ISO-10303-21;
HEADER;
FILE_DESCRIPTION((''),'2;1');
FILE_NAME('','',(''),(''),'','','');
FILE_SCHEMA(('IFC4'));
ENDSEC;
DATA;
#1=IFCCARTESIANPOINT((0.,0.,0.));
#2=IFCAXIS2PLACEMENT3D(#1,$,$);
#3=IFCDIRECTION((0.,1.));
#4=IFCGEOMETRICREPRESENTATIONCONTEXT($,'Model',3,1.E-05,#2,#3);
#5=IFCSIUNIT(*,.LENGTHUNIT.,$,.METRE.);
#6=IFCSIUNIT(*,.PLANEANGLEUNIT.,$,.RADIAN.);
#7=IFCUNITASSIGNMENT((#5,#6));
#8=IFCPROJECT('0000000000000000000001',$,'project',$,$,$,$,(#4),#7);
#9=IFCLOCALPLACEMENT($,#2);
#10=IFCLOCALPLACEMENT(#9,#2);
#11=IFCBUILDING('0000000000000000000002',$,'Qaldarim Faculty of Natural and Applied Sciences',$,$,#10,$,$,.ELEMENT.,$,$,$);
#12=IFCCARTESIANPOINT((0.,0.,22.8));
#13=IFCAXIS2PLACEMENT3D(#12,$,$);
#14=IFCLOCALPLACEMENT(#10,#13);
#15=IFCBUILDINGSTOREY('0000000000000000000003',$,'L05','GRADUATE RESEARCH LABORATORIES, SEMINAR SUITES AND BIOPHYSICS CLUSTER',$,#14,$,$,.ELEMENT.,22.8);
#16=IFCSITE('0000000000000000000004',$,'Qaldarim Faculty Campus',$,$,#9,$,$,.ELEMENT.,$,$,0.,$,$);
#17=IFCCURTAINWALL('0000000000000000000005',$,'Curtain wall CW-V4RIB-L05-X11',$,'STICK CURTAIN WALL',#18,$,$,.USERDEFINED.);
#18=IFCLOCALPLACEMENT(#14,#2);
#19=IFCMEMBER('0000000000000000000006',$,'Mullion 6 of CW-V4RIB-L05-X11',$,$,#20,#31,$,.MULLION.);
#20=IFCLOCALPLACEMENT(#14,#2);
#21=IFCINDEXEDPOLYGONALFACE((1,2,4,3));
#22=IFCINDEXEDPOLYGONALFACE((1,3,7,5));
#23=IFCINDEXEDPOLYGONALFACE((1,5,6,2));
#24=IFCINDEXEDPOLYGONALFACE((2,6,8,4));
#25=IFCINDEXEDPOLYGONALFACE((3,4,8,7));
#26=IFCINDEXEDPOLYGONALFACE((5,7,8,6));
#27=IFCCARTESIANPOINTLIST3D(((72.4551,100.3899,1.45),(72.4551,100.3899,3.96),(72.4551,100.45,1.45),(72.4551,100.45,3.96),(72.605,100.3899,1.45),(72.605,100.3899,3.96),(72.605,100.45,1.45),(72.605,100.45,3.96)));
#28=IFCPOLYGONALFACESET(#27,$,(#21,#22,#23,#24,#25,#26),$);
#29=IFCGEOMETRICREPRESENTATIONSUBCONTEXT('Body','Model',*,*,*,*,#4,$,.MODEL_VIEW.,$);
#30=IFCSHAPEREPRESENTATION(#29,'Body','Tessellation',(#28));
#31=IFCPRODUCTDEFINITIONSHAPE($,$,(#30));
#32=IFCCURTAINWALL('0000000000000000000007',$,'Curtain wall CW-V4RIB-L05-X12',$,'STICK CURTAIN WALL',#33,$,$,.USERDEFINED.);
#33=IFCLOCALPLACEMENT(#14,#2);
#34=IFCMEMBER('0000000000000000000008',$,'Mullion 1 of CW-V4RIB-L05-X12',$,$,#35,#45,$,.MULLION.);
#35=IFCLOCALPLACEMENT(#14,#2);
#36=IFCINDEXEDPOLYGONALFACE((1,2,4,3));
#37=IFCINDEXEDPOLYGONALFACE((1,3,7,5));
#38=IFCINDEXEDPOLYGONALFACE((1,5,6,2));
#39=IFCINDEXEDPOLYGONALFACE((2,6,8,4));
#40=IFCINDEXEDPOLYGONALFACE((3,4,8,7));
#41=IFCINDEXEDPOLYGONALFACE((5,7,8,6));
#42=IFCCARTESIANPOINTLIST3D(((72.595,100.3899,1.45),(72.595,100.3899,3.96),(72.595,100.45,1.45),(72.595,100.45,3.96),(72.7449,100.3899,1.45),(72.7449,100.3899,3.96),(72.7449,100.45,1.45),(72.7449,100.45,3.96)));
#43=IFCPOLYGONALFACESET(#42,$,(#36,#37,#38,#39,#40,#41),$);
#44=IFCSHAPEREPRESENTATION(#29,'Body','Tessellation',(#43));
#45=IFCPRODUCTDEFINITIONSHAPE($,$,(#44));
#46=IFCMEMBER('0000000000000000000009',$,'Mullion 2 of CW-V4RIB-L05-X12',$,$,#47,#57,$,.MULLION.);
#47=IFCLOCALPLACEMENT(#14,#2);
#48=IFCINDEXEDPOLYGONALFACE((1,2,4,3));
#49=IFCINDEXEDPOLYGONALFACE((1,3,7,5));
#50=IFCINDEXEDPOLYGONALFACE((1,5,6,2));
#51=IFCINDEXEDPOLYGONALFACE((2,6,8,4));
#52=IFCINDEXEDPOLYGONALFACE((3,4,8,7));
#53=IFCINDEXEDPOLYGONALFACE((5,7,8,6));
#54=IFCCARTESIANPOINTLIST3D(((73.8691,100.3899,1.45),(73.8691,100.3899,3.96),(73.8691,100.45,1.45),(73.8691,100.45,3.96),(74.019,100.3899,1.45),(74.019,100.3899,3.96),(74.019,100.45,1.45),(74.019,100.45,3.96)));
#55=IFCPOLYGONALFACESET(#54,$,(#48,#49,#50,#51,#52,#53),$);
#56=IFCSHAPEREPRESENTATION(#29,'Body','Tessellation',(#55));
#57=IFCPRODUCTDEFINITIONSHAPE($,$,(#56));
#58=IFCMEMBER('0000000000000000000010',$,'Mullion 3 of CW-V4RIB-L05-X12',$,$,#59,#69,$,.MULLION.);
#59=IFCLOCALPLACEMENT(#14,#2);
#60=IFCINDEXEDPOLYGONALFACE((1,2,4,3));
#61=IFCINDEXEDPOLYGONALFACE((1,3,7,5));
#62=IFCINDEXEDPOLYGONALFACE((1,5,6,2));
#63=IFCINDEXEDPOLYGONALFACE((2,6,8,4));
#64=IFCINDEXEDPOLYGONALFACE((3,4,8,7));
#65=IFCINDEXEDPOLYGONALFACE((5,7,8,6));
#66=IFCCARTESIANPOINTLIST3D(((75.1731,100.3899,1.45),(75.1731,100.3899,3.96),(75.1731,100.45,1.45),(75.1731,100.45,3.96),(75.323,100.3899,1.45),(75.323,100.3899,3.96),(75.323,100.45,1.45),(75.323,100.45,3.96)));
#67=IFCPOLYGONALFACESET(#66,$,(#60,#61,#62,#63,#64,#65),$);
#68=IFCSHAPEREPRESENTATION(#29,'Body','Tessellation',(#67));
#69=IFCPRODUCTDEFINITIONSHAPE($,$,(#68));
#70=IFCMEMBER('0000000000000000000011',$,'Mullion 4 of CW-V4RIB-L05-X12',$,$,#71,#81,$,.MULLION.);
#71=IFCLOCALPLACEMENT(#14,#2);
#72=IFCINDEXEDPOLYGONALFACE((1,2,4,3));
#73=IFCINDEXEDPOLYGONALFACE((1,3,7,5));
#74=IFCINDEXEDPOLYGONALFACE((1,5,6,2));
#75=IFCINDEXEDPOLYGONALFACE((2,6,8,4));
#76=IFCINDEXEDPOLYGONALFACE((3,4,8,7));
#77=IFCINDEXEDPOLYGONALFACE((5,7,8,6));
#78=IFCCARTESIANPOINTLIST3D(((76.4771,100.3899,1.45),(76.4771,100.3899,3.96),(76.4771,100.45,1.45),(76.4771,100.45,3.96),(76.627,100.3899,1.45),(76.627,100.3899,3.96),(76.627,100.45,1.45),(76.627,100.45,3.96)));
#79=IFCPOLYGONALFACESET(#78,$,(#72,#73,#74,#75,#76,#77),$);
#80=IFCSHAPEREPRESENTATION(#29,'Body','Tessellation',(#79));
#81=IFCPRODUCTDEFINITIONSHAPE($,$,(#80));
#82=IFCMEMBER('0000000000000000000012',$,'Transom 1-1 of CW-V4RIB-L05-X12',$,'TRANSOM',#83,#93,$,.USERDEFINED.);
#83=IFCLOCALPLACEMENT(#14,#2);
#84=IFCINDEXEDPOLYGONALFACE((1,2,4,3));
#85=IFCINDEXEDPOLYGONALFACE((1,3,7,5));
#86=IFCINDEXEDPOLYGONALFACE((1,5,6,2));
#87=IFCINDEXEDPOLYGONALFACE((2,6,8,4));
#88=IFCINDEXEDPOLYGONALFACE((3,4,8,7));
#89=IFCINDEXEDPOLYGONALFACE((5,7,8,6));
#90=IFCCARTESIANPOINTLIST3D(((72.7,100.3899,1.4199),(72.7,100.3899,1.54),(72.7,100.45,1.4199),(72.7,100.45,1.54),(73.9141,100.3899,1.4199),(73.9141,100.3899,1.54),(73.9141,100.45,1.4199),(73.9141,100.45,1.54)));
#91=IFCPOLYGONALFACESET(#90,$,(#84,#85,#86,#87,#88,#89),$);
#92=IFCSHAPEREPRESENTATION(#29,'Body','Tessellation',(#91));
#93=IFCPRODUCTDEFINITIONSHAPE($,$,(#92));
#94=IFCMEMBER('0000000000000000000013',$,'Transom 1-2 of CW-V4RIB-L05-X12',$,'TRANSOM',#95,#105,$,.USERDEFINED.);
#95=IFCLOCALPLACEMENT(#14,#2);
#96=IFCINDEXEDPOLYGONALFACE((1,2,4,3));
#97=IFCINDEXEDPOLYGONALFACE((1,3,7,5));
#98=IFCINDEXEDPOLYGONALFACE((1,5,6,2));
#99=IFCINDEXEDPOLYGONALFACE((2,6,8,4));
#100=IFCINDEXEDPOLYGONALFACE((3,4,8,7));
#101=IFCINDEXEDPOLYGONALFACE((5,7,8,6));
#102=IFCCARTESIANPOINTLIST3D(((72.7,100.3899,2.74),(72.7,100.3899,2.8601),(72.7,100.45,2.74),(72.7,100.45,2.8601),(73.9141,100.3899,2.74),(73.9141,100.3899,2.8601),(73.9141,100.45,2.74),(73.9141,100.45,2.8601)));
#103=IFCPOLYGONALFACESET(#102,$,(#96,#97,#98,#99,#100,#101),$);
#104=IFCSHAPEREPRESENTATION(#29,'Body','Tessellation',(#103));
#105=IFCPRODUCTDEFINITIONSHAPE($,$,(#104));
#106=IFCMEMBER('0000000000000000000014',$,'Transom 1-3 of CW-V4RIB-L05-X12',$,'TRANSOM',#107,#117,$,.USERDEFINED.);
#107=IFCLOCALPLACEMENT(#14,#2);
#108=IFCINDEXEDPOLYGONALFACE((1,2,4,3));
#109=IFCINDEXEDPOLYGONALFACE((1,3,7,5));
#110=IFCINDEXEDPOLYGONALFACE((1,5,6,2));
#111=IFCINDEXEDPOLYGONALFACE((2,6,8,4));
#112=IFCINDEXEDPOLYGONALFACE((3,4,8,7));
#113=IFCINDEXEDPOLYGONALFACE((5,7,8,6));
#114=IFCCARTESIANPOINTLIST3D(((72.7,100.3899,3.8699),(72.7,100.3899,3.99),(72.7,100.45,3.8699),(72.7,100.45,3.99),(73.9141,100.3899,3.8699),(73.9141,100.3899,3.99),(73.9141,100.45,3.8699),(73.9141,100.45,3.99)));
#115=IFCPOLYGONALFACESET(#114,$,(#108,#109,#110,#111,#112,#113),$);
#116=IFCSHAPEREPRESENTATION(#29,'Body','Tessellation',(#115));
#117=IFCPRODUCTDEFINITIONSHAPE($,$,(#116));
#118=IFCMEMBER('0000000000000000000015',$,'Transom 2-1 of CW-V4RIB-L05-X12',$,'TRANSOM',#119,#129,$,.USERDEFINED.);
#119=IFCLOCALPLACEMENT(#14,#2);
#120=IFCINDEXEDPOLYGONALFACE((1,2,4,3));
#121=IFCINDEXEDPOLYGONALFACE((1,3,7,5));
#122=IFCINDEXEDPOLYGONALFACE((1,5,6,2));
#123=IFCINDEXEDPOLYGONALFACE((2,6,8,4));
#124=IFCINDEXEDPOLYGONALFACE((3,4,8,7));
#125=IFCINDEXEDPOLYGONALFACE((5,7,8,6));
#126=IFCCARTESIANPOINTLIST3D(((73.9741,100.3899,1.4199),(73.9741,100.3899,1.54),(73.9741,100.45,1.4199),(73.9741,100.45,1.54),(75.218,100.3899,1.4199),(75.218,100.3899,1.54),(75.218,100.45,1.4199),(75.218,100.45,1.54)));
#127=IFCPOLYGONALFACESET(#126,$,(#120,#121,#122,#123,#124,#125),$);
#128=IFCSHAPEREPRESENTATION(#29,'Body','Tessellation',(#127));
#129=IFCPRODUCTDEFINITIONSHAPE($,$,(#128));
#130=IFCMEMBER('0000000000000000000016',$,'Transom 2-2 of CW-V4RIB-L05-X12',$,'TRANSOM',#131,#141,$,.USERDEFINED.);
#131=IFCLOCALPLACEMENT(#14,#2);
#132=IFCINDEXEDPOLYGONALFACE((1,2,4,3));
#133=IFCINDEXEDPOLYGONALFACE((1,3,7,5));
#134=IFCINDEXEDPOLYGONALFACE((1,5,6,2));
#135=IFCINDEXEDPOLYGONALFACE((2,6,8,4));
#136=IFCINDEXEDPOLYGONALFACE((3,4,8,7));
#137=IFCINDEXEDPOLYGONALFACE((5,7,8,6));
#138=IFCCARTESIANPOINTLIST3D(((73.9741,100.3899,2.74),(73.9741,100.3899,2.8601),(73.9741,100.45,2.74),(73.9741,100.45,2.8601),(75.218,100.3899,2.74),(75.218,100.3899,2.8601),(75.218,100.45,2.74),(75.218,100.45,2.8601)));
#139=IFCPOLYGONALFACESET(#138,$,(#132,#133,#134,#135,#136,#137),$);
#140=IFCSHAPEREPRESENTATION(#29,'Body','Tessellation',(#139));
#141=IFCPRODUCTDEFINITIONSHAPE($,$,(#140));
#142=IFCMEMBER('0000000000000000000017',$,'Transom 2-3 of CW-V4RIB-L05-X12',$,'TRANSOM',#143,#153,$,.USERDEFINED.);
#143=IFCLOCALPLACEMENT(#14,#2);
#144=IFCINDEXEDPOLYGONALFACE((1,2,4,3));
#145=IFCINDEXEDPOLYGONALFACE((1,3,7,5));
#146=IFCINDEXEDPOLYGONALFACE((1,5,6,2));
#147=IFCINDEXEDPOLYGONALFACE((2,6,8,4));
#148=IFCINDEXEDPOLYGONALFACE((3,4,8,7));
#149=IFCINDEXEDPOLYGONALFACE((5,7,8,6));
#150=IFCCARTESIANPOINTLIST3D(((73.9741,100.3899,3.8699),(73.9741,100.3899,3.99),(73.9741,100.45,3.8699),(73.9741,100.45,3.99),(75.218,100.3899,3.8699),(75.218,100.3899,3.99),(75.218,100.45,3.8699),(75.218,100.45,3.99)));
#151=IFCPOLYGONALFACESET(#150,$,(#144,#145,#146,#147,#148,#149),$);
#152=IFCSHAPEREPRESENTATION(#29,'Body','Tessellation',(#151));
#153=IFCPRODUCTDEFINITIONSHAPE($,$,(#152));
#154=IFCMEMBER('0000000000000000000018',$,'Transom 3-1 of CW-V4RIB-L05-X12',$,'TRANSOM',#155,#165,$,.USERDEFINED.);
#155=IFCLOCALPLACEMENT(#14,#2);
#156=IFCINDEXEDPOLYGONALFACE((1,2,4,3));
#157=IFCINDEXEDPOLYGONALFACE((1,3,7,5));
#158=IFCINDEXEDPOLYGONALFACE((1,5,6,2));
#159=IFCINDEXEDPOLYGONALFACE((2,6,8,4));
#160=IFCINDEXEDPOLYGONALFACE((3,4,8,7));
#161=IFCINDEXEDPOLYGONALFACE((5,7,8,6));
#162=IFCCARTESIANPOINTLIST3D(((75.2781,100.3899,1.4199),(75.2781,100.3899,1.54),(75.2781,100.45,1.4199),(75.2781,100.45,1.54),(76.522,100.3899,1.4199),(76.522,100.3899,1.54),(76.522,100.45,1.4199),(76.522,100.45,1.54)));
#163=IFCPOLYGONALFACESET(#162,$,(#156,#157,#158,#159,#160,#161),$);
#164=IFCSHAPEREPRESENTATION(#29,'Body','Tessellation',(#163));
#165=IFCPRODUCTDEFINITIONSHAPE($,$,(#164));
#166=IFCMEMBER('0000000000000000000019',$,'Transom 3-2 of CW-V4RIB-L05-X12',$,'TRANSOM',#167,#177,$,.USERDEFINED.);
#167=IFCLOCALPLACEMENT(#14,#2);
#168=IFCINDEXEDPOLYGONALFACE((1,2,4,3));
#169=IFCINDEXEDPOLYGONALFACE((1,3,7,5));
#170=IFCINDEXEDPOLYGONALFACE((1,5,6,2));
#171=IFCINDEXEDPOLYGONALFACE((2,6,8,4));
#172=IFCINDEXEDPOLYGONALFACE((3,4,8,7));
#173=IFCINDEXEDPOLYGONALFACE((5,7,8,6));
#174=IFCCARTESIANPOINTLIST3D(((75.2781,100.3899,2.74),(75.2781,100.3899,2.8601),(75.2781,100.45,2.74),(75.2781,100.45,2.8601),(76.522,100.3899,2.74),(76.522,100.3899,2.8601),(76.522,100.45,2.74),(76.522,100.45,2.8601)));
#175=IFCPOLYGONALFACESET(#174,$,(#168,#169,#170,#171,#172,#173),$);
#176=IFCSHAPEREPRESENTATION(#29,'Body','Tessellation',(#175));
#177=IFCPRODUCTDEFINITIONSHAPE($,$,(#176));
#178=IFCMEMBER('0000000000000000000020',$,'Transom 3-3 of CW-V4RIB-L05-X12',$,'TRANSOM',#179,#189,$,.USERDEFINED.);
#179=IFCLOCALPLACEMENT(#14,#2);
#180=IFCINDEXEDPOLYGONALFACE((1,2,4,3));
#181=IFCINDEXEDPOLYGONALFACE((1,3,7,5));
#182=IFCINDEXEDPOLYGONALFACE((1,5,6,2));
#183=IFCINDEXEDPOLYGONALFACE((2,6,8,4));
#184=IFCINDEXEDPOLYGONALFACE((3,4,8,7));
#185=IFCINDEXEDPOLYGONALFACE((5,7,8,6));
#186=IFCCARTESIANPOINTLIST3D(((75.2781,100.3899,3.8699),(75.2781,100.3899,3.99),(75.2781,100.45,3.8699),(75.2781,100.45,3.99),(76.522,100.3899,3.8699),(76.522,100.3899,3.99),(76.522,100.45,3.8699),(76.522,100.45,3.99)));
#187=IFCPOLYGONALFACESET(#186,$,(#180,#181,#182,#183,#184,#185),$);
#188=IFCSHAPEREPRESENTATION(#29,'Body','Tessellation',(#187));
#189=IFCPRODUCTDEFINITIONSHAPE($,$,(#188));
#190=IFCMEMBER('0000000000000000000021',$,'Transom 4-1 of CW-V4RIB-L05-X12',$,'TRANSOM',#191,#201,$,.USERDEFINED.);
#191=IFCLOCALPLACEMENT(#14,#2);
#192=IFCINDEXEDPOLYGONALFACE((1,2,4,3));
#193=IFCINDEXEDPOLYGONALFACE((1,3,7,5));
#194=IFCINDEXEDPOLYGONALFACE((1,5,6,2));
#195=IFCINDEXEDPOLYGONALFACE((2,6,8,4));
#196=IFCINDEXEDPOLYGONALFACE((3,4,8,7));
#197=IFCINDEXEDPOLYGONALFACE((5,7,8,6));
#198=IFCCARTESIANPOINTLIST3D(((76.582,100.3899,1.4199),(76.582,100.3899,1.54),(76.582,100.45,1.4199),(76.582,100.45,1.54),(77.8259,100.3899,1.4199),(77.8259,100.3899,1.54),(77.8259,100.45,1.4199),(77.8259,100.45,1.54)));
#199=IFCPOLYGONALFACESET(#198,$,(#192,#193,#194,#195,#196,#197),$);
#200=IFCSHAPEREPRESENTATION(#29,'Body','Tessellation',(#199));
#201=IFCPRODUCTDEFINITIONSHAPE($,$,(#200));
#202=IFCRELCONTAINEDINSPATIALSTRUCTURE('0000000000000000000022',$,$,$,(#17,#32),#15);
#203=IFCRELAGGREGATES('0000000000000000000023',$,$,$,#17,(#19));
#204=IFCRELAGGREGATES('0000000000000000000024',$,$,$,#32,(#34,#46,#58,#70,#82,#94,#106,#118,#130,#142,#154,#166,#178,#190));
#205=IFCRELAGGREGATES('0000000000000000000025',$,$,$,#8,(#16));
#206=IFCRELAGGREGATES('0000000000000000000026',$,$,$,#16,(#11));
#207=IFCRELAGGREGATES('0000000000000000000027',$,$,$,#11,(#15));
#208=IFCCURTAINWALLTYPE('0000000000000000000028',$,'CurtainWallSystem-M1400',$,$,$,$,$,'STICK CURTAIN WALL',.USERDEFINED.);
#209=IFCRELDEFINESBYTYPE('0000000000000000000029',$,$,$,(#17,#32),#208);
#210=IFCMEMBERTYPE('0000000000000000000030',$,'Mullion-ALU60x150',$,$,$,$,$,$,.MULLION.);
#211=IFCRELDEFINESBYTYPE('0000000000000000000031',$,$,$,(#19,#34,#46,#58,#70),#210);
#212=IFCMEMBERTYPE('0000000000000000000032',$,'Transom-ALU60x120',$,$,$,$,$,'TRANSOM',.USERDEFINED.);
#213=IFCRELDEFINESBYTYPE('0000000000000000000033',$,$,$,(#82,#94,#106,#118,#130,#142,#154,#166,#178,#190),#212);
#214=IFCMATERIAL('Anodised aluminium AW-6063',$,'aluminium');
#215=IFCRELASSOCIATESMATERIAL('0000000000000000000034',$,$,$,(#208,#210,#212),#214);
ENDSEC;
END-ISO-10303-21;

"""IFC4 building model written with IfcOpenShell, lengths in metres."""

from ifc_helpers import new_model, si_unit, direction, frame, origin, origin_2d, place, context, subcontext, project, spatial, rectangle, extrude, material, material_profile, profile_set, type_object, element, aggregate, save


model = new_model("IFC4")

# Units and contexts
model_context = context("Model", 3, precision=1e-05, world=origin(), true_north=direction((0.0, 1.0)))
body_context = subcontext(model_context, "Body", "Model", "MODEL_VIEW")
ifc_project = project(units=[si_unit("LENGTHUNIT", "METRE"), si_unit("PLANEANGLEUNIT", "RADIAN")], contexts=[model_context])

# Site, building, storey
site_placement = place(None, origin())
site = spatial("IfcSite", under=ifc_project, at=site_placement, Name="Qaldarim Faculty Campus", CompositionType="ELEMENT", RefElevation=0.0)
building_placement = place(site_placement, origin())
building = spatial("IfcBuilding", under=site, at=building_placement, Name="Qaldarim Faculty of Natural and Applied Sciences", CompositionType="ELEMENT")
storey_placement = place(building_placement, frame((0.0, 0.0, 22.8)))
storey = spatial("IfcBuildingStorey", under=building, at=storey_placement, Name="L05", Description="GRADUATE RESEARCH LABORATORIES, SEMINAR SUITES AND BIOPHYSICS CLUSTER", CompositionType="ELEMENT", Elevation=22.8)

# Curtain wall, member
ifc_material_1 = material(Name="Anodised aluminium AW-6063", Category="aluminium")
curtain_wall_type = type_object("IfcCurtainWallType", Name="CurtainWallSystem-M1400", ElementType="STICK CURTAIN WALL", PredefinedType="USERDEFINED", material=ifc_material_1)
curtain_wall_1_placement = place(storey_placement, origin())
curtain_wall_1 = element("IfcCurtainWall", 1, at=curtain_wall_1_placement, inside=storey, type_object=curtain_wall_type, Name="Curtain wall CW-V4RIB-L05-X11", ObjectType="STICK CURTAIN WALL", PredefinedType="USERDEFINED")
ifc_material_profile_1 = material_profile(ifc_material_1, rectangle(XDim=0.0601, YDim=0.1499, at=origin_2d()), Name="ALU-M60x150")
ifc_profile_set_1 = profile_set([ifc_material_profile_1], Name="Anodised aluminium AW-6063")
member_type_1 = type_object("IfcMemberType", Name="Mullion-ALU60x150", PredefinedType="MULLION", material=ifc_profile_set_1)
member_1_placement = place(storey_placement, frame((72.53, 100.4199, 1.45), z_axis=(0.0, 0.0, 1.0), x_axis=(0.0, 1.0, 0.0)))
member_1 = element("IfcMember", 2, at=member_1_placement, type_object=member_type_1, Name="Mullion 6 of CW-V4RIB-L05-X11", PredefinedType="MULLION", context=body_context, shape_type="SweptSolid", body=[
    extrude(rectangle(XDim=0.0601, YDim=0.1499, at=origin_2d()), origin(), (0.0, 0.0, 1.0), 2.51),
])

# Curtain wall, members
curtain_wall_2_placement = place(storey_placement, origin())
curtain_wall_2 = element("IfcCurtainWall", 3, at=curtain_wall_2_placement, inside=storey, type_object=curtain_wall_type, Name="Curtain wall CW-V4RIB-L05-X12", ObjectType="STICK CURTAIN WALL", PredefinedType="USERDEFINED")
member_2_placement = place(storey_placement, frame((72.6699, 100.4199, 1.45), z_axis=(0.0, 0.0, 1.0), x_axis=(0.0, 1.0, 0.0)))
member_2 = element("IfcMember", 4, at=member_2_placement, type_object=member_type_1, Name="Mullion 1 of CW-V4RIB-L05-X12", PredefinedType="MULLION", context=body_context, shape_type="SweptSolid", body=[
    extrude(rectangle(XDim=0.0601, YDim=0.1499, at=origin_2d()), origin(), (0.0, 0.0, 1.0), 2.51),
])
member_3_placement = place(storey_placement, frame((73.9441, 100.4199, 1.45), z_axis=(0.0, 0.0, 1.0), x_axis=(0.0, 1.0, 0.0)))
member_3 = element("IfcMember", 5, at=member_3_placement, type_object=member_type_1, Name="Mullion 2 of CW-V4RIB-L05-X12", PredefinedType="MULLION", context=body_context, shape_type="SweptSolid", body=[
    extrude(rectangle(XDim=0.0601, YDim=0.1499, at=origin_2d()), origin(), (0.0, 0.0, 1.0), 2.51),
])
member_4_placement = place(storey_placement, frame((75.248, 100.4199, 1.45), z_axis=(0.0, 0.0, 1.0), x_axis=(0.0, 1.0, 0.0)))
member_4 = element("IfcMember", 6, at=member_4_placement, type_object=member_type_1, Name="Mullion 3 of CW-V4RIB-L05-X12", PredefinedType="MULLION", context=body_context, shape_type="SweptSolid", body=[
    extrude(rectangle(XDim=0.0601, YDim=0.1499, at=origin_2d()), origin(), (0.0, 0.0, 1.0), 2.51),
])
member_5_placement = place(storey_placement, frame((76.552, 100.4199, 1.45), z_axis=(0.0, 0.0, 1.0), x_axis=(0.0, 1.0, 0.0)))
member_5 = element("IfcMember", 7, at=member_5_placement, type_object=member_type_1, Name="Mullion 4 of CW-V4RIB-L05-X12", PredefinedType="MULLION", context=body_context, shape_type="SweptSolid", body=[
    extrude(rectangle(XDim=0.0601, YDim=0.1499, at=origin_2d()), origin(), (0.0, 0.0, 1.0), 2.51),
])
ifc_material_profile_2 = material_profile(ifc_material_1, rectangle(XDim=0.0601, YDim=0.1201, at=origin_2d()), Name="ALU-T60x120")
ifc_profile_set_2 = profile_set([ifc_material_profile_2], Name="Anodised aluminium AW-6063")
member_type_2 = type_object("IfcMemberType", Name="Transom-ALU60x120", ElementType="TRANSOM", PredefinedType="USERDEFINED", material=ifc_profile_set_2)
member_6_placement = place(storey_placement, frame((72.7, 100.4199, 1.48), z_axis=(1.0, 0.0, 0.0), x_axis=(0.0, 1.0, 0.0)))
member_6 = element("IfcMember", 8, at=member_6_placement, type_object=member_type_2, Name="Transom 1-1 of CW-V4RIB-L05-X12", ObjectType="TRANSOM", PredefinedType="USERDEFINED", context=body_context, shape_type="SweptSolid", body=[
    extrude(rectangle(XDim=0.0601, YDim=0.1201, at=origin_2d()), origin(), (0.0, 0.0, 1.0), 1.2141),
])
member_7_placement = place(storey_placement, frame((72.7, 100.4199, 2.8), z_axis=(1.0, 0.0, 0.0), x_axis=(0.0, 1.0, 0.0)))
member_7 = element("IfcMember", 9, at=member_7_placement, type_object=member_type_2, Name="Transom 1-2 of CW-V4RIB-L05-X12", ObjectType="TRANSOM", PredefinedType="USERDEFINED", context=body_context, shape_type="SweptSolid", body=[
    extrude(rectangle(XDim=0.0601, YDim=0.1201, at=origin_2d()), origin(), (0.0, 0.0, 1.0), 1.2141),
])
member_8_placement = place(storey_placement, frame((72.7, 100.4199, 3.9299), z_axis=(1.0, 0.0, 0.0), x_axis=(0.0, 1.0, 0.0)))
member_8 = element("IfcMember", 10, at=member_8_placement, type_object=member_type_2, Name="Transom 1-3 of CW-V4RIB-L05-X12", ObjectType="TRANSOM", PredefinedType="USERDEFINED", context=body_context, shape_type="SweptSolid", body=[
    extrude(rectangle(XDim=0.0601, YDim=0.1201, at=origin_2d()), origin(), (0.0, 0.0, 1.0), 1.2141),
])
member_9_placement = place(storey_placement, frame((73.9741, 100.4199, 1.48), z_axis=(1.0, 0.0, 0.0), x_axis=(0.0, 1.0, 0.0)))
member_9 = element("IfcMember", 11, at=member_9_placement, type_object=member_type_2, Name="Transom 2-1 of CW-V4RIB-L05-X12", ObjectType="TRANSOM", PredefinedType="USERDEFINED", context=body_context, shape_type="SweptSolid", body=[
    extrude(rectangle(XDim=0.0601, YDim=0.1201, at=origin_2d()), origin(), (0.0, 0.0, 1.0), 1.2439),
])
member_10_placement = place(storey_placement, frame((73.9741, 100.4199, 2.8), z_axis=(1.0, 0.0, 0.0), x_axis=(0.0, 1.0, 0.0)))
member_10 = element("IfcMember", 12, at=member_10_placement, type_object=member_type_2, Name="Transom 2-2 of CW-V4RIB-L05-X12", ObjectType="TRANSOM", PredefinedType="USERDEFINED", context=body_context, shape_type="SweptSolid", body=[
    extrude(rectangle(XDim=0.0601, YDim=0.1201, at=origin_2d()), origin(), (0.0, 0.0, 1.0), 1.2439),
])
member_11_placement = place(storey_placement, frame((73.9741, 100.4199, 3.9299), z_axis=(1.0, 0.0, 0.0), x_axis=(0.0, 1.0, 0.0)))
member_11 = element("IfcMember", 13, at=member_11_placement, type_object=member_type_2, Name="Transom 2-3 of CW-V4RIB-L05-X12", ObjectType="TRANSOM", PredefinedType="USERDEFINED", context=body_context, shape_type="SweptSolid", body=[
    extrude(rectangle(XDim=0.0601, YDim=0.1201, at=origin_2d()), origin(), (0.0, 0.0, 1.0), 1.2439),
])
member_12_placement = place(storey_placement, frame((75.2781, 100.4199, 1.48), z_axis=(1.0, 0.0, 0.0), x_axis=(0.0, 1.0, 0.0)))
member_12 = element("IfcMember", 14, at=member_12_placement, type_object=member_type_2, Name="Transom 3-1 of CW-V4RIB-L05-X12", ObjectType="TRANSOM", PredefinedType="USERDEFINED", context=body_context, shape_type="SweptSolid", body=[
    extrude(rectangle(XDim=0.0601, YDim=0.1201, at=origin_2d()), origin(), (0.0, 0.0, 1.0), 1.2439),
])
member_13_placement = place(storey_placement, frame((75.2781, 100.4199, 2.8), z_axis=(1.0, 0.0, 0.0), x_axis=(0.0, 1.0, 0.0)))
member_13 = element("IfcMember", 15, at=member_13_placement, type_object=member_type_2, Name="Transom 3-2 of CW-V4RIB-L05-X12", ObjectType="TRANSOM", PredefinedType="USERDEFINED", context=body_context, shape_type="SweptSolid", body=[
    extrude(rectangle(XDim=0.0601, YDim=0.1201, at=origin_2d()), origin(), (0.0, 0.0, 1.0), 1.2439),
])
member_14_placement = place(storey_placement, frame((75.2781, 100.4199, 3.9299), z_axis=(1.0, 0.0, 0.0), x_axis=(0.0, 1.0, 0.0)))
member_14 = element("IfcMember", 16, at=member_14_placement, type_object=member_type_2, Name="Transom 3-3 of CW-V4RIB-L05-X12", ObjectType="TRANSOM", PredefinedType="USERDEFINED", context=body_context, shape_type="SweptSolid", body=[
    extrude(rectangle(XDim=0.0601, YDim=0.1201, at=origin_2d()), origin(), (0.0, 0.0, 1.0), 1.2439),
])
member_15_placement = place(storey_placement, frame((76.582, 100.4199, 1.48), z_axis=(1.0, 0.0, 0.0), x_axis=(0.0, 1.0, 0.0)))
member_15 = element("IfcMember", 17, at=member_15_placement, type_object=member_type_2, Name="Transom 4-1 of CW-V4RIB-L05-X12", ObjectType="TRANSOM", PredefinedType="USERDEFINED", context=body_context, shape_type="SweptSolid", body=[
    extrude(rectangle(XDim=0.0601, YDim=0.1201, at=origin_2d()), origin(), (0.0, 0.0, 1.0), 1.2439),
])

aggregate(curtain_wall_1, [member_1])
aggregate(curtain_wall_2, [member_2, member_3, member_4, member_5, member_6, member_7, member_8, member_9, member_10, member_11, member_12, member_13, member_14, member_15])

save(model, "model.ifc")
